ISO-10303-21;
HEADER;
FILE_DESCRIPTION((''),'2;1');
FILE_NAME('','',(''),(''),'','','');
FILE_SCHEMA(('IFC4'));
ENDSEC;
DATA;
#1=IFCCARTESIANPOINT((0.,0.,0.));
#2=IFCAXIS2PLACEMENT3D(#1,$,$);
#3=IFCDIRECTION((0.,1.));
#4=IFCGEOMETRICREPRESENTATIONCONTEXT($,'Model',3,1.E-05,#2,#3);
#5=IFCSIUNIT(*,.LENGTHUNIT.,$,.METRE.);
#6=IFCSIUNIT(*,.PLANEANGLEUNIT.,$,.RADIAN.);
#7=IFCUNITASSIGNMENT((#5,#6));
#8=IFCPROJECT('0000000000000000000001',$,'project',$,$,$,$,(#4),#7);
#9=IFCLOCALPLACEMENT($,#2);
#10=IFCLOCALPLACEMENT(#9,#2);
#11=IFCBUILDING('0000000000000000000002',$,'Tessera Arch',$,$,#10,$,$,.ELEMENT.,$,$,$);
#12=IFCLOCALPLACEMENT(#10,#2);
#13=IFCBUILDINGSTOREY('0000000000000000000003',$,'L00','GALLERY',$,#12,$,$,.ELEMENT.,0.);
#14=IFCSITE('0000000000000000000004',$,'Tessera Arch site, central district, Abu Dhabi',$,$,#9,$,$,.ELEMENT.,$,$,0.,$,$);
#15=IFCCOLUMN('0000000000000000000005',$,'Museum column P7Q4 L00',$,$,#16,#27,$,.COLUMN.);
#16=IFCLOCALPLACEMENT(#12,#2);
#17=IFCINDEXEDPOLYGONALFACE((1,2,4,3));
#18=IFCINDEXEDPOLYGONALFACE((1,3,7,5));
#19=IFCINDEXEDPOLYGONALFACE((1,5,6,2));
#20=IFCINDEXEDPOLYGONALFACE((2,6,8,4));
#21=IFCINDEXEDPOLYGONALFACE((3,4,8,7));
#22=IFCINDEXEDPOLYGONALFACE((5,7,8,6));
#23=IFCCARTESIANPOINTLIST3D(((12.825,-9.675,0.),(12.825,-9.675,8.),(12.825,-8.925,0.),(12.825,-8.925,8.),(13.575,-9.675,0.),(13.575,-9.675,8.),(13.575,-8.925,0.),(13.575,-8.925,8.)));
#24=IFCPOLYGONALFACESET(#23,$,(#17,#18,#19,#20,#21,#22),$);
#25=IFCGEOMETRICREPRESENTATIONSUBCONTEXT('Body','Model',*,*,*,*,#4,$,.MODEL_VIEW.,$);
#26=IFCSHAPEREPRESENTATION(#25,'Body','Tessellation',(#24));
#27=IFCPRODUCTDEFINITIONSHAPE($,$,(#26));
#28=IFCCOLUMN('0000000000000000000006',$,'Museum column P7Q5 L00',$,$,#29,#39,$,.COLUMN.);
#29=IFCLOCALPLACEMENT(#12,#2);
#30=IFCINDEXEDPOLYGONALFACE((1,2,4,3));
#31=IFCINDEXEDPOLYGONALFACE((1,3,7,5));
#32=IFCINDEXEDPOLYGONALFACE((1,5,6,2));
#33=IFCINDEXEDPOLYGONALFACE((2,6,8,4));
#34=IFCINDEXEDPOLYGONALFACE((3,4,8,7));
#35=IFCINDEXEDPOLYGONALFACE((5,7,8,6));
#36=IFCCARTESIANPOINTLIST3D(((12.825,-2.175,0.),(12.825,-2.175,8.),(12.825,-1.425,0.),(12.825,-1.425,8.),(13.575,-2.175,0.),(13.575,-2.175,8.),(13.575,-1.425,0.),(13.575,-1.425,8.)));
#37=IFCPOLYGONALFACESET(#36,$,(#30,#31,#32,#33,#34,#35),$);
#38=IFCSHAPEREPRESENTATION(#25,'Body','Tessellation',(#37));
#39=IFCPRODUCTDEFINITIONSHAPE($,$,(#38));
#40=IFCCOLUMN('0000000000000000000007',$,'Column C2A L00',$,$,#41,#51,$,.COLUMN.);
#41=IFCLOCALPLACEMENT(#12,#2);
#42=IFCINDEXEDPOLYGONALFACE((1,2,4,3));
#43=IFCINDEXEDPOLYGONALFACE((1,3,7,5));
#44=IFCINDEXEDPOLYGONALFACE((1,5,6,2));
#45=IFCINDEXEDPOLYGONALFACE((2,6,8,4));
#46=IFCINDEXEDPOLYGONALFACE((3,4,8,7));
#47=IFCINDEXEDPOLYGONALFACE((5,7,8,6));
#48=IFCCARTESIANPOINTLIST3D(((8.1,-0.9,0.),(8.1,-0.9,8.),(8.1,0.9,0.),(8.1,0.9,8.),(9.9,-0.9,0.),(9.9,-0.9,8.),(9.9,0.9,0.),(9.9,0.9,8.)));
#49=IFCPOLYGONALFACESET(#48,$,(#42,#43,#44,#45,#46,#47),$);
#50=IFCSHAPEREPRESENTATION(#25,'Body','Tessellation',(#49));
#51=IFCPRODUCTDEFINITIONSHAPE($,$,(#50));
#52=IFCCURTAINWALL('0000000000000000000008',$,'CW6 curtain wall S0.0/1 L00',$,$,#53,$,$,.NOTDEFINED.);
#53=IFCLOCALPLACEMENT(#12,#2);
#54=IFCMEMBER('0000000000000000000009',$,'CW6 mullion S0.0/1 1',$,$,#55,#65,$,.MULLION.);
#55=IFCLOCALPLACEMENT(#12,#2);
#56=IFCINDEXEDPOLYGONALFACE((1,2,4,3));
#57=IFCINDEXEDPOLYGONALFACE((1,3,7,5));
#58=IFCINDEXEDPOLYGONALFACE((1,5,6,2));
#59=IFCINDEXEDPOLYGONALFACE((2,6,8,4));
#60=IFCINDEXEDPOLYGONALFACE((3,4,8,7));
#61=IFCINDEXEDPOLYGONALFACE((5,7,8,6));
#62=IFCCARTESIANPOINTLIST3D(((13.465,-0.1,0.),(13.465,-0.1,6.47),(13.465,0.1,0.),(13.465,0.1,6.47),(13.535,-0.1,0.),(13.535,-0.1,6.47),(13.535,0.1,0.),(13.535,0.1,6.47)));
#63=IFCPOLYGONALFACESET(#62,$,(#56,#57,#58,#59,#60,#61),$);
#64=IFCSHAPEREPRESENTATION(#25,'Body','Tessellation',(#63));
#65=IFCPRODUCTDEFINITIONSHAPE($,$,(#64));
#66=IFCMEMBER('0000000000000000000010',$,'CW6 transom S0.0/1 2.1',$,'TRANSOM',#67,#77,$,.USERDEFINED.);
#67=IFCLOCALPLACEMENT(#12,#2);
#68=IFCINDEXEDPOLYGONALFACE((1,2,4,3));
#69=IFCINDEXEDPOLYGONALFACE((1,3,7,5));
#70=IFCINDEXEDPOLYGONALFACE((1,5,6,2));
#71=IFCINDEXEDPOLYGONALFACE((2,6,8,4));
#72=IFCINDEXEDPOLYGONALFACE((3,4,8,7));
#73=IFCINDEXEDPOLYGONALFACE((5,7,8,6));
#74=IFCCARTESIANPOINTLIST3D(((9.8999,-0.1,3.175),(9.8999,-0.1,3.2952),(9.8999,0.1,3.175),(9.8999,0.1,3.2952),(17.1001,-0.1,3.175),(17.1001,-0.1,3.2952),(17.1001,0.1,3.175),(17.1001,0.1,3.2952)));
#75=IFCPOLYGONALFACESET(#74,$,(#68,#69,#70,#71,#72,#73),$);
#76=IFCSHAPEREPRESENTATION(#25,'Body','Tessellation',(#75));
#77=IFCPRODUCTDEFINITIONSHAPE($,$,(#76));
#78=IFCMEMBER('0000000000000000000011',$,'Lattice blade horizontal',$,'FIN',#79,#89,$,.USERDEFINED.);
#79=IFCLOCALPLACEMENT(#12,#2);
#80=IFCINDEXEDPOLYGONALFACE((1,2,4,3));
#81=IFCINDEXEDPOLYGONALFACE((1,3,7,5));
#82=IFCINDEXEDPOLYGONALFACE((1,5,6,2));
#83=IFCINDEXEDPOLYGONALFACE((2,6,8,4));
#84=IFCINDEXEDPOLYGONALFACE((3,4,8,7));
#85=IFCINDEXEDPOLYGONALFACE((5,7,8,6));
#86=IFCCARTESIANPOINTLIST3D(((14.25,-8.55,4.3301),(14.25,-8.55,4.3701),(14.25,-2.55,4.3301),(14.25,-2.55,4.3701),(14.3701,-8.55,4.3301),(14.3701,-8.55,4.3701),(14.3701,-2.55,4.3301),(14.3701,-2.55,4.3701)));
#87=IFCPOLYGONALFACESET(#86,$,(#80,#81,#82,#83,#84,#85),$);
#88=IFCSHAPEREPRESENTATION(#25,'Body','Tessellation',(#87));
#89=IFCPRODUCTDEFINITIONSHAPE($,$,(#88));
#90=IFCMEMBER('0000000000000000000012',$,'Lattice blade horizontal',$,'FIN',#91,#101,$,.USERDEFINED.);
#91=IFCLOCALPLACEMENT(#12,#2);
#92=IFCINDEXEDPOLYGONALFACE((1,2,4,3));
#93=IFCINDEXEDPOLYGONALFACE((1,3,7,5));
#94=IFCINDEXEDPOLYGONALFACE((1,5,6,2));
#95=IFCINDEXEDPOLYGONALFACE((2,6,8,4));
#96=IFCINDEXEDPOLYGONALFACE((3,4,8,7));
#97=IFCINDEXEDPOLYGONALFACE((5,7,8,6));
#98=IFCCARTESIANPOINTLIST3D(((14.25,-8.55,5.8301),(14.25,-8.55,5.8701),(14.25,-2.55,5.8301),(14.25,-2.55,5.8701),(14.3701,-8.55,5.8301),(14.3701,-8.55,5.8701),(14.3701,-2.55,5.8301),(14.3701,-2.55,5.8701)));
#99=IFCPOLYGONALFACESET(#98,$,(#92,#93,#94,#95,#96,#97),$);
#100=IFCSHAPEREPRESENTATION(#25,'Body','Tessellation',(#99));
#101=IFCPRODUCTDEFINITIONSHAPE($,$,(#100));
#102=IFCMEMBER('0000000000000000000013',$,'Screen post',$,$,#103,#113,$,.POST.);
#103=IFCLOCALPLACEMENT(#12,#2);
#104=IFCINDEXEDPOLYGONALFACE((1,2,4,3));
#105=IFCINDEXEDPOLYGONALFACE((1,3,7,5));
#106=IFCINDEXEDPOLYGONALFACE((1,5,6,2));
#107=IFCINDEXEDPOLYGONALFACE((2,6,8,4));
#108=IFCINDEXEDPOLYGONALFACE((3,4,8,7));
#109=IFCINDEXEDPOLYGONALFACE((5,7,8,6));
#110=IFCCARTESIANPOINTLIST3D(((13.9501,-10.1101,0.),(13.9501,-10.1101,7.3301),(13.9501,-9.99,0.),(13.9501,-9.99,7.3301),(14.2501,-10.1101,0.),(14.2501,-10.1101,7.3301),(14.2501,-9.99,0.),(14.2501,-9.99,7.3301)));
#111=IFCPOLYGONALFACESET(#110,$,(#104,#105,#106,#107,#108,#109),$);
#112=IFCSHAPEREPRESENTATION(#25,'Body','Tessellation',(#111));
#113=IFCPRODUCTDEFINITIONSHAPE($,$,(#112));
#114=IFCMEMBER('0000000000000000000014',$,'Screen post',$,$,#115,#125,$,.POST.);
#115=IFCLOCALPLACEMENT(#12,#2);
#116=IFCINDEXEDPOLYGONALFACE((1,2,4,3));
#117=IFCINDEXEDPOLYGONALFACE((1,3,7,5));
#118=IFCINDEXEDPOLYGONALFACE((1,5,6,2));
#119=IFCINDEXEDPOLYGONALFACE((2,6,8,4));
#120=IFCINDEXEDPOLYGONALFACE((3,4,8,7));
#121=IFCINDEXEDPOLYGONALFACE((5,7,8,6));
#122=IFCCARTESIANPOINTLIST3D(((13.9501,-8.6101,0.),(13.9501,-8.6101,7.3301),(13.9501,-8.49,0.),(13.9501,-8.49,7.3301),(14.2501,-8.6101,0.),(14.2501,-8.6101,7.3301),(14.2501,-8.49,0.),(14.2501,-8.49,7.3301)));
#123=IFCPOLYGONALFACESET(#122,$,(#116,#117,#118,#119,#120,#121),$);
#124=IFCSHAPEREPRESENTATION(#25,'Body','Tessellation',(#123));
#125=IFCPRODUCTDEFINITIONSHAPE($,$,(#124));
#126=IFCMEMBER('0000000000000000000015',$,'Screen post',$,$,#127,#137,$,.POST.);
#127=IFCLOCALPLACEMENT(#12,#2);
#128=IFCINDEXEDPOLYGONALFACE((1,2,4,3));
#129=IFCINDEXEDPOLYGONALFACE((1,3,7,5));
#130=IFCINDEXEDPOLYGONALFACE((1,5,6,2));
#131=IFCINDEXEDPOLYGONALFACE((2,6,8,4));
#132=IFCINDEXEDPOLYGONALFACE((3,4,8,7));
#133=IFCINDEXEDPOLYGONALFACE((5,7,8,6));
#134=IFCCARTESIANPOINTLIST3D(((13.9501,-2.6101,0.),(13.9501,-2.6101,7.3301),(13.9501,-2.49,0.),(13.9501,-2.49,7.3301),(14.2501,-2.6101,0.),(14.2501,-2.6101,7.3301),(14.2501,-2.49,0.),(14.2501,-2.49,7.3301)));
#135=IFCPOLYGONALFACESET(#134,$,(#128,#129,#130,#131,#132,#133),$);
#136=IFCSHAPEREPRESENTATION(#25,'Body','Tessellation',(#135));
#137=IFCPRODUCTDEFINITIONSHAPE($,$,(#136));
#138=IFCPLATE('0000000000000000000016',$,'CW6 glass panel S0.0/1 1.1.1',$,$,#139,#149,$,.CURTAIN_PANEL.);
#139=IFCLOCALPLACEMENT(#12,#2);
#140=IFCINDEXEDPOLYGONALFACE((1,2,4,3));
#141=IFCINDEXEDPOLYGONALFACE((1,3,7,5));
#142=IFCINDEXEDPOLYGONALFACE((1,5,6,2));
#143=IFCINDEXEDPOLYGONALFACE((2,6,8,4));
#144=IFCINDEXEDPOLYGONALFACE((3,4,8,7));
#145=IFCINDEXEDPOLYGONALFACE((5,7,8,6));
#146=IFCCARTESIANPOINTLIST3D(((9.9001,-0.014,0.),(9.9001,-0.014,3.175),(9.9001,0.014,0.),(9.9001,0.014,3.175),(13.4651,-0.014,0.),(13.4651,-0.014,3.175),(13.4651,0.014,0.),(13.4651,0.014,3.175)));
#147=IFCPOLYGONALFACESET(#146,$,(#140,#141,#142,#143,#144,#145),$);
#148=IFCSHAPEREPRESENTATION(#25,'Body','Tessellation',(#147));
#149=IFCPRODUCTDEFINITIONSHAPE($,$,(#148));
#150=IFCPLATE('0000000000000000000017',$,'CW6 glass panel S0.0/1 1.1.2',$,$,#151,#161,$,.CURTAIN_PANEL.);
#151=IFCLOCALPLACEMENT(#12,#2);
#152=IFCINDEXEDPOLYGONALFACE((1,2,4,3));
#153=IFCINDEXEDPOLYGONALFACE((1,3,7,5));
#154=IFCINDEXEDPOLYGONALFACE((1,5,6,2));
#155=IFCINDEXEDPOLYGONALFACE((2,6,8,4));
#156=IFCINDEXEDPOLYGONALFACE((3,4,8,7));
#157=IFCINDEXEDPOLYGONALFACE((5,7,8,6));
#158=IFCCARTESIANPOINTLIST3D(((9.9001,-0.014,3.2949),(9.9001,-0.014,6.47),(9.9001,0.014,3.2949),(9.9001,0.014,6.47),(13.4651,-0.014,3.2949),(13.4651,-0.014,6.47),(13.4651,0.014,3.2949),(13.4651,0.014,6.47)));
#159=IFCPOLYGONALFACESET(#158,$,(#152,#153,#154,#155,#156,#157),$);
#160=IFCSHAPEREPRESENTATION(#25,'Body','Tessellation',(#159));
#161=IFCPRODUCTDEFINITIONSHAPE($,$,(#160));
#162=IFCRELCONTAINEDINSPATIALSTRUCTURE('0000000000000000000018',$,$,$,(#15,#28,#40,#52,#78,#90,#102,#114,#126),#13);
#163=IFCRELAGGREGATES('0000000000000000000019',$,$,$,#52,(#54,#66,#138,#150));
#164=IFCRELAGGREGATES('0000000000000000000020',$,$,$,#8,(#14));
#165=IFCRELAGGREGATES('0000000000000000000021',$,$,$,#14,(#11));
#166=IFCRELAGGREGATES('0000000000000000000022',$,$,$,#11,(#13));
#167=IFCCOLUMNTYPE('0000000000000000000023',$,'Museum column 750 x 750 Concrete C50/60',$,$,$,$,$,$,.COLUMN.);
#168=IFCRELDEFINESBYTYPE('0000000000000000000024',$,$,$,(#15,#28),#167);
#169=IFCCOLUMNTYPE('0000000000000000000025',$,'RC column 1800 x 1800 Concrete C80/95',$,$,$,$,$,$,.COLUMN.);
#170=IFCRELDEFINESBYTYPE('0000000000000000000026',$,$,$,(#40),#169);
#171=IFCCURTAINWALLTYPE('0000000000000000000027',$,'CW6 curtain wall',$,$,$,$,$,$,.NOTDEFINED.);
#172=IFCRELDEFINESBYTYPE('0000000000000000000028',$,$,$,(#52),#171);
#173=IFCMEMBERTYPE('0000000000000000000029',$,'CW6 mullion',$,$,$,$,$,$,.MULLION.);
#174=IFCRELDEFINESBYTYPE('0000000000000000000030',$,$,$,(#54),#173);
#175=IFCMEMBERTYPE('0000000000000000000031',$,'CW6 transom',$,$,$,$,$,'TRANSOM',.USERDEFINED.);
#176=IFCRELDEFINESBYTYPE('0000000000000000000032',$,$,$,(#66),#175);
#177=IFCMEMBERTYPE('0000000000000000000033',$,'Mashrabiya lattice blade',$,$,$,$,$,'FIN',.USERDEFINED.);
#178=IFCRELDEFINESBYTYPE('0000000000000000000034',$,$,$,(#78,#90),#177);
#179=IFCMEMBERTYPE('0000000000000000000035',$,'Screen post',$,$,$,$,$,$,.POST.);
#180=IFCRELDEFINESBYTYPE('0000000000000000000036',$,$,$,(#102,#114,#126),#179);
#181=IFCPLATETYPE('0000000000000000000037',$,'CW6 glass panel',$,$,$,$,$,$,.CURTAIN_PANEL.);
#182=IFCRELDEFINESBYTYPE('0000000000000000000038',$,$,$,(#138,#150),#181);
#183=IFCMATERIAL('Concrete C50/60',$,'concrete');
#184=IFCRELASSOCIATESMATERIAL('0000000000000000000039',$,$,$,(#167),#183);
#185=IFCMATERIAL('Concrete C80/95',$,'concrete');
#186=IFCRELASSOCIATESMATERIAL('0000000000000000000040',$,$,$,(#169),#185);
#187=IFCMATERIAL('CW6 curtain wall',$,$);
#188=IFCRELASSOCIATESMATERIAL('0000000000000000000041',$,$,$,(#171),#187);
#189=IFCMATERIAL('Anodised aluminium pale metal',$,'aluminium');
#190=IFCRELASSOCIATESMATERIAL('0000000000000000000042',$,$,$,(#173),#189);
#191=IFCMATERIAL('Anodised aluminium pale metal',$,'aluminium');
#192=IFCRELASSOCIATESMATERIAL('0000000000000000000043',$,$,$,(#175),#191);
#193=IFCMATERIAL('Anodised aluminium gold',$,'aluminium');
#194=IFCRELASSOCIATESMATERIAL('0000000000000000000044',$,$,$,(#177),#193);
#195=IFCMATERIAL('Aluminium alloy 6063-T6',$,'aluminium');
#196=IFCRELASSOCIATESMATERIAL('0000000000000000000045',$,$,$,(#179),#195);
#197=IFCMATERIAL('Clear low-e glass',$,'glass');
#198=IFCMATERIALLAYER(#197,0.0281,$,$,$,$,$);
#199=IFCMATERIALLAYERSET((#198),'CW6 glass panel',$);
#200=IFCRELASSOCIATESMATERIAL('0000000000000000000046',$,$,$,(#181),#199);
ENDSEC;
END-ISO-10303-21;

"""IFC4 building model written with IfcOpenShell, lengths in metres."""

from ifc_helpers import new_model, si_unit, direction, frame, origin, origin_2d, place, context, subcontext, project, spatial, rectangle, extrude, material, layer, layer_set, material_profile, profile_set, type_object, element, aggregate, save


model = new_model("IFC4")

# Units and contexts
model_context = context("Model", 3, precision=1e-05, world=origin(), true_north=direction((0.0, 1.0)))
body_context = subcontext(model_context, "Body", "Model", "MODEL_VIEW")
ifc_project = project(units=[si_unit("LENGTHUNIT", "METRE"), si_unit("PLANEANGLEUNIT", "RADIAN")], contexts=[model_context])

# Site, building, storey
site_placement = place(None, origin())
site = spatial("IfcSite", under=ifc_project, at=site_placement, Name="Tessera Arch site, central district, Abu Dhabi", CompositionType="ELEMENT", RefElevation=0.0)
building_placement = place(site_placement, origin())
building = spatial("IfcBuilding", under=site, at=building_placement, Name="Tessera Arch", CompositionType="ELEMENT")
storey_placement = place(building_placement, origin())
storey = spatial("IfcBuildingStorey", under=building, at=storey_placement, Name="L00", Description="GALLERY", CompositionType="ELEMENT", Elevation=0.0)

# Columns
ifc_material_1 = material(Name="Concrete C50/60", Category="concrete")
ifc_material_profile_1 = material_profile(ifc_material_1, rectangle(XDim=0.75, YDim=0.75, at=origin_2d()), Name="Museum column 750 x 750 Concrete C50/60")
ifc_profile_set_1 = profile_set([ifc_material_profile_1], Name="Concrete C50/60")
column_type_1 = type_object("IfcColumnType", Name="Museum column 750 x 750 Concrete C50/60", PredefinedType="COLUMN", material=ifc_profile_set_1)
for number, where, z_axis, x_axis, name in (
    (1, (13.2, -9.3, 0.0), (0.0, 0.0, 1.0), (1.0, 0.0, 0.0), "Museum column P7Q4 L00"),
    (2, (13.2, -1.8, 0.0), (0.0, 0.0, 1.0), (1.0, 0.0, 0.0), "Museum column P7Q5 L00"),
):
    element("IfcColumn", number, at=place(storey_placement, frame(where, z_axis=z_axis, x_axis=x_axis)), inside=storey, type_object=column_type_1, Name=name, PredefinedType="COLUMN", context=body_context, shape_type="SweptSolid", body=[
        extrude(rectangle(XDim=0.75, YDim=0.75, at=origin_2d()), origin(), (0.0, 0.0, 1.0), 8.0),
    ])
ifc_material_2 = material(Name="Concrete C80/95", Category="concrete")
ifc_material_profile_2 = material_profile(ifc_material_2, rectangle(XDim=1.8, YDim=1.8, at=origin_2d()), Name="RC column 1800 x 1800 Concrete C80/95")
ifc_profile_set_2 = profile_set([ifc_material_profile_2], Name="Concrete C80/95")
column_type_2 = type_object("IfcColumnType", Name="RC column 1800 x 1800 Concrete C80/95", PredefinedType="COLUMN", material=ifc_profile_set_2)
column_placement = place(storey_placement, frame((9.0, 0.0, 0.0), z_axis=(0.0, 0.0, 1.0), x_axis=(1.0, 0.0, 0.0)))
element("IfcColumn", 3, at=column_placement, inside=storey, type_object=column_type_2, Name="Column C2A L00", PredefinedType="COLUMN", context=body_context, shape_type="SweptSolid", body=[
    extrude(rectangle(XDim=1.8, YDim=1.8, at=origin_2d()), origin(), (0.0, 0.0, 1.0), 8.0),
])

# Curtain wall, members
ifc_material_3 = material(Name="CW6 curtain wall")
curtain_wall_type = type_object("IfcCurtainWallType", Name="CW6 curtain wall", PredefinedType="NOTDEFINED", material=ifc_material_3)
curtain_wall_placement = place(storey_placement, origin())
curtain_wall = element("IfcCurtainWall", 4, at=curtain_wall_placement, inside=storey, type_object=curtain_wall_type, Name="CW6 curtain wall S0.0/1 L00", PredefinedType="NOTDEFINED")
ifc_material_4 = material(Name="Anodised aluminium pale metal", Category="aluminium")
ifc_material_profile_3 = material_profile(ifc_material_4, rectangle(XDim=0.2, YDim=0.0701, at=origin_2d()), Name="AL 70x200")
ifc_profile_set_3 = profile_set([ifc_material_profile_3], Name="Anodised aluminium pale metal")
member_type_1 = type_object("IfcMemberType", Name="CW6 mullion", PredefinedType="MULLION", material=ifc_profile_set_3)
member_1_placement = place(storey_placement, frame((13.5, 0.0, 0.0), z_axis=(0.0, 0.0, 1.0), x_axis=(0.0, 1.0, 0.0)))
member_1 = element("IfcMember", 5, at=member_1_placement, type_object=member_type_1, Name="CW6 mullion S0.0/1 1", PredefinedType="MULLION", context=body_context, shape_type="SweptSolid", body=[
    extrude(rectangle(XDim=0.2, YDim=0.0701, at=origin_2d()), origin(), (0.0, 0.0, 1.0), 6.47),
])
ifc_material_5 = material(Name="Anodised aluminium pale metal", Category="aluminium")
ifc_material_profile_4 = material_profile(ifc_material_5, rectangle(XDim=0.2, YDim=0.1201, at=origin_2d()), Name="AL 200x120")
ifc_profile_set_4 = profile_set([ifc_material_profile_4], Name="Anodised aluminium pale metal")
member_type_2 = type_object("IfcMemberType", Name="CW6 transom", ElementType="TRANSOM", PredefinedType="USERDEFINED", material=ifc_profile_set_4)
member_2_placement = place(storey_placement, frame((9.8999, 0.0, 3.2351), z_axis=(1.0, 0.0, 0.0), x_axis=(0.0, 1.0, 0.0)))
member_2 = element("IfcMember", 6, at=member_2_placement, type_object=member_type_2, Name="CW6 transom S0.0/1 2.1", ObjectType="TRANSOM", PredefinedType="USERDEFINED", context=body_context, shape_type="SweptSolid", body=[
    extrude(rectangle(XDim=0.2, YDim=0.1201, at=origin_2d()), origin(), (0.0, 0.0, 1.0), 7.2002),
])

# Members
ifc_material_6 = material(Name="Anodised aluminium gold", Category="aluminium")
ifc_material_profile_5 = material_profile(ifc_material_6, rectangle(XDim=0.1201, YDim=0.04, at=origin_2d()), Name="AL 40x120")
ifc_profile_set_5 = profile_set([ifc_material_profile_5], Name="Anodised aluminium gold")
member_type_3 = type_object("IfcMemberType", Name="Mashrabiya lattice blade", ElementType="FIN", PredefinedType="USERDEFINED", material=ifc_profile_set_5)
for number, where, z_axis, x_axis, name in (
    (7, (14.3101, -8.55, 4.3501), (0.0, 1.0, 0.0), (-1.0, 0.0, 0.0), "Lattice blade horizontal"),
    (8, (14.3101, -8.55, 5.8501), (0.0, 1.0, 0.0), (-1.0, 0.0, 0.0), "Lattice blade horizontal"),
):
    element("IfcMember", number, at=place(storey_placement, frame(where, z_axis=z_axis, x_axis=x_axis)), inside=storey, type_object=member_type_3, Name=name, ObjectType="FIN", PredefinedType="USERDEFINED", context=body_context, shape_type="SweptSolid", body=[
        extrude(rectangle(XDim=0.1201, YDim=0.04, at=origin_2d()), origin(), (0.0, 0.0, 1.0), 6.0),
    ])
ifc_material_7 = material(Name="Aluminium alloy 6063-T6", Category="aluminium")
ifc_material_profile_6 = material_profile(ifc_material_7, rectangle(XDim=0.3, YDim=0.1201, at=origin_2d()), Name="AL 120x300")
ifc_profile_set_6 = profile_set([ifc_material_profile_6], Name="Aluminium alloy 6063-T6")
member_type_4 = type_object("IfcMemberType", Name="Screen post", PredefinedType="POST", material=ifc_profile_set_6)
for number, where, z_axis, x_axis, name in (
    (9, (14.1001, -10.05, 0.0), (0.0, 0.0, 1.0), (1.0, 0.0, 0.0), "Screen post"),
    (10, (14.1001, -8.55, 0.0), (0.0, 0.0, 1.0), (1.0, 0.0, 0.0), "Screen post"),
    (11, (14.1001, -2.55, 0.0), (0.0, 0.0, 1.0), (1.0, 0.0, 0.0), "Screen post"),
):
    element("IfcMember", number, at=place(storey_placement, frame(where, z_axis=z_axis, x_axis=x_axis)), inside=storey, type_object=member_type_4, Name=name, PredefinedType="POST", context=body_context, shape_type="SweptSolid", body=[
        extrude(rectangle(XDim=0.3, YDim=0.1201, at=origin_2d()), origin(), (0.0, 0.0, 1.0), 7.3301),
    ])

# Plates
ifc_material_8 = material(Name="Clear low-e glass", Category="glass")
ifc_layer_1 = layer(ifc_material_8, 0.0281)
ifc_layer_set_1 = layer_set([ifc_layer_1], Name="CW6 glass panel")
plate_type = type_object("IfcPlateType", Name="CW6 glass panel", PredefinedType="CURTAIN_PANEL", material=ifc_layer_set_1)
plate_1_placement = place(storey_placement, frame((11.6826, 0.0, 0.0), z_axis=(0.0, 0.0, 1.0), x_axis=(1.0, 0.0, 0.0)))
plate_1 = element("IfcPlate", 12, at=plate_1_placement, type_object=plate_type, Name="CW6 glass panel S0.0/1 1.1.1", PredefinedType="CURTAIN_PANEL", context=body_context, shape_type="SweptSolid", body=[
    extrude(rectangle(XDim=3.5649, YDim=0.0281, at=origin_2d()), origin(), (0.0, 0.0, 1.0), 3.175),
])
plate_2_placement = place(storey_placement, frame((11.6826, 0.0, 3.2949), z_axis=(0.0, 0.0, 1.0), x_axis=(1.0, 0.0, 0.0)))
plate_2 = element("IfcPlate", 13, at=plate_2_placement, type_object=plate_type, Name="CW6 glass panel S0.0/1 1.1.2", PredefinedType="CURTAIN_PANEL", context=body_context, shape_type="SweptSolid", body=[
    extrude(rectangle(XDim=3.5649, YDim=0.0281, at=origin_2d()), origin(), (0.0, 0.0, 1.0), 3.175),
])
aggregate(curtain_wall, [member_1, member_2, plate_1, plate_2])

save(model, "model.ifc")
